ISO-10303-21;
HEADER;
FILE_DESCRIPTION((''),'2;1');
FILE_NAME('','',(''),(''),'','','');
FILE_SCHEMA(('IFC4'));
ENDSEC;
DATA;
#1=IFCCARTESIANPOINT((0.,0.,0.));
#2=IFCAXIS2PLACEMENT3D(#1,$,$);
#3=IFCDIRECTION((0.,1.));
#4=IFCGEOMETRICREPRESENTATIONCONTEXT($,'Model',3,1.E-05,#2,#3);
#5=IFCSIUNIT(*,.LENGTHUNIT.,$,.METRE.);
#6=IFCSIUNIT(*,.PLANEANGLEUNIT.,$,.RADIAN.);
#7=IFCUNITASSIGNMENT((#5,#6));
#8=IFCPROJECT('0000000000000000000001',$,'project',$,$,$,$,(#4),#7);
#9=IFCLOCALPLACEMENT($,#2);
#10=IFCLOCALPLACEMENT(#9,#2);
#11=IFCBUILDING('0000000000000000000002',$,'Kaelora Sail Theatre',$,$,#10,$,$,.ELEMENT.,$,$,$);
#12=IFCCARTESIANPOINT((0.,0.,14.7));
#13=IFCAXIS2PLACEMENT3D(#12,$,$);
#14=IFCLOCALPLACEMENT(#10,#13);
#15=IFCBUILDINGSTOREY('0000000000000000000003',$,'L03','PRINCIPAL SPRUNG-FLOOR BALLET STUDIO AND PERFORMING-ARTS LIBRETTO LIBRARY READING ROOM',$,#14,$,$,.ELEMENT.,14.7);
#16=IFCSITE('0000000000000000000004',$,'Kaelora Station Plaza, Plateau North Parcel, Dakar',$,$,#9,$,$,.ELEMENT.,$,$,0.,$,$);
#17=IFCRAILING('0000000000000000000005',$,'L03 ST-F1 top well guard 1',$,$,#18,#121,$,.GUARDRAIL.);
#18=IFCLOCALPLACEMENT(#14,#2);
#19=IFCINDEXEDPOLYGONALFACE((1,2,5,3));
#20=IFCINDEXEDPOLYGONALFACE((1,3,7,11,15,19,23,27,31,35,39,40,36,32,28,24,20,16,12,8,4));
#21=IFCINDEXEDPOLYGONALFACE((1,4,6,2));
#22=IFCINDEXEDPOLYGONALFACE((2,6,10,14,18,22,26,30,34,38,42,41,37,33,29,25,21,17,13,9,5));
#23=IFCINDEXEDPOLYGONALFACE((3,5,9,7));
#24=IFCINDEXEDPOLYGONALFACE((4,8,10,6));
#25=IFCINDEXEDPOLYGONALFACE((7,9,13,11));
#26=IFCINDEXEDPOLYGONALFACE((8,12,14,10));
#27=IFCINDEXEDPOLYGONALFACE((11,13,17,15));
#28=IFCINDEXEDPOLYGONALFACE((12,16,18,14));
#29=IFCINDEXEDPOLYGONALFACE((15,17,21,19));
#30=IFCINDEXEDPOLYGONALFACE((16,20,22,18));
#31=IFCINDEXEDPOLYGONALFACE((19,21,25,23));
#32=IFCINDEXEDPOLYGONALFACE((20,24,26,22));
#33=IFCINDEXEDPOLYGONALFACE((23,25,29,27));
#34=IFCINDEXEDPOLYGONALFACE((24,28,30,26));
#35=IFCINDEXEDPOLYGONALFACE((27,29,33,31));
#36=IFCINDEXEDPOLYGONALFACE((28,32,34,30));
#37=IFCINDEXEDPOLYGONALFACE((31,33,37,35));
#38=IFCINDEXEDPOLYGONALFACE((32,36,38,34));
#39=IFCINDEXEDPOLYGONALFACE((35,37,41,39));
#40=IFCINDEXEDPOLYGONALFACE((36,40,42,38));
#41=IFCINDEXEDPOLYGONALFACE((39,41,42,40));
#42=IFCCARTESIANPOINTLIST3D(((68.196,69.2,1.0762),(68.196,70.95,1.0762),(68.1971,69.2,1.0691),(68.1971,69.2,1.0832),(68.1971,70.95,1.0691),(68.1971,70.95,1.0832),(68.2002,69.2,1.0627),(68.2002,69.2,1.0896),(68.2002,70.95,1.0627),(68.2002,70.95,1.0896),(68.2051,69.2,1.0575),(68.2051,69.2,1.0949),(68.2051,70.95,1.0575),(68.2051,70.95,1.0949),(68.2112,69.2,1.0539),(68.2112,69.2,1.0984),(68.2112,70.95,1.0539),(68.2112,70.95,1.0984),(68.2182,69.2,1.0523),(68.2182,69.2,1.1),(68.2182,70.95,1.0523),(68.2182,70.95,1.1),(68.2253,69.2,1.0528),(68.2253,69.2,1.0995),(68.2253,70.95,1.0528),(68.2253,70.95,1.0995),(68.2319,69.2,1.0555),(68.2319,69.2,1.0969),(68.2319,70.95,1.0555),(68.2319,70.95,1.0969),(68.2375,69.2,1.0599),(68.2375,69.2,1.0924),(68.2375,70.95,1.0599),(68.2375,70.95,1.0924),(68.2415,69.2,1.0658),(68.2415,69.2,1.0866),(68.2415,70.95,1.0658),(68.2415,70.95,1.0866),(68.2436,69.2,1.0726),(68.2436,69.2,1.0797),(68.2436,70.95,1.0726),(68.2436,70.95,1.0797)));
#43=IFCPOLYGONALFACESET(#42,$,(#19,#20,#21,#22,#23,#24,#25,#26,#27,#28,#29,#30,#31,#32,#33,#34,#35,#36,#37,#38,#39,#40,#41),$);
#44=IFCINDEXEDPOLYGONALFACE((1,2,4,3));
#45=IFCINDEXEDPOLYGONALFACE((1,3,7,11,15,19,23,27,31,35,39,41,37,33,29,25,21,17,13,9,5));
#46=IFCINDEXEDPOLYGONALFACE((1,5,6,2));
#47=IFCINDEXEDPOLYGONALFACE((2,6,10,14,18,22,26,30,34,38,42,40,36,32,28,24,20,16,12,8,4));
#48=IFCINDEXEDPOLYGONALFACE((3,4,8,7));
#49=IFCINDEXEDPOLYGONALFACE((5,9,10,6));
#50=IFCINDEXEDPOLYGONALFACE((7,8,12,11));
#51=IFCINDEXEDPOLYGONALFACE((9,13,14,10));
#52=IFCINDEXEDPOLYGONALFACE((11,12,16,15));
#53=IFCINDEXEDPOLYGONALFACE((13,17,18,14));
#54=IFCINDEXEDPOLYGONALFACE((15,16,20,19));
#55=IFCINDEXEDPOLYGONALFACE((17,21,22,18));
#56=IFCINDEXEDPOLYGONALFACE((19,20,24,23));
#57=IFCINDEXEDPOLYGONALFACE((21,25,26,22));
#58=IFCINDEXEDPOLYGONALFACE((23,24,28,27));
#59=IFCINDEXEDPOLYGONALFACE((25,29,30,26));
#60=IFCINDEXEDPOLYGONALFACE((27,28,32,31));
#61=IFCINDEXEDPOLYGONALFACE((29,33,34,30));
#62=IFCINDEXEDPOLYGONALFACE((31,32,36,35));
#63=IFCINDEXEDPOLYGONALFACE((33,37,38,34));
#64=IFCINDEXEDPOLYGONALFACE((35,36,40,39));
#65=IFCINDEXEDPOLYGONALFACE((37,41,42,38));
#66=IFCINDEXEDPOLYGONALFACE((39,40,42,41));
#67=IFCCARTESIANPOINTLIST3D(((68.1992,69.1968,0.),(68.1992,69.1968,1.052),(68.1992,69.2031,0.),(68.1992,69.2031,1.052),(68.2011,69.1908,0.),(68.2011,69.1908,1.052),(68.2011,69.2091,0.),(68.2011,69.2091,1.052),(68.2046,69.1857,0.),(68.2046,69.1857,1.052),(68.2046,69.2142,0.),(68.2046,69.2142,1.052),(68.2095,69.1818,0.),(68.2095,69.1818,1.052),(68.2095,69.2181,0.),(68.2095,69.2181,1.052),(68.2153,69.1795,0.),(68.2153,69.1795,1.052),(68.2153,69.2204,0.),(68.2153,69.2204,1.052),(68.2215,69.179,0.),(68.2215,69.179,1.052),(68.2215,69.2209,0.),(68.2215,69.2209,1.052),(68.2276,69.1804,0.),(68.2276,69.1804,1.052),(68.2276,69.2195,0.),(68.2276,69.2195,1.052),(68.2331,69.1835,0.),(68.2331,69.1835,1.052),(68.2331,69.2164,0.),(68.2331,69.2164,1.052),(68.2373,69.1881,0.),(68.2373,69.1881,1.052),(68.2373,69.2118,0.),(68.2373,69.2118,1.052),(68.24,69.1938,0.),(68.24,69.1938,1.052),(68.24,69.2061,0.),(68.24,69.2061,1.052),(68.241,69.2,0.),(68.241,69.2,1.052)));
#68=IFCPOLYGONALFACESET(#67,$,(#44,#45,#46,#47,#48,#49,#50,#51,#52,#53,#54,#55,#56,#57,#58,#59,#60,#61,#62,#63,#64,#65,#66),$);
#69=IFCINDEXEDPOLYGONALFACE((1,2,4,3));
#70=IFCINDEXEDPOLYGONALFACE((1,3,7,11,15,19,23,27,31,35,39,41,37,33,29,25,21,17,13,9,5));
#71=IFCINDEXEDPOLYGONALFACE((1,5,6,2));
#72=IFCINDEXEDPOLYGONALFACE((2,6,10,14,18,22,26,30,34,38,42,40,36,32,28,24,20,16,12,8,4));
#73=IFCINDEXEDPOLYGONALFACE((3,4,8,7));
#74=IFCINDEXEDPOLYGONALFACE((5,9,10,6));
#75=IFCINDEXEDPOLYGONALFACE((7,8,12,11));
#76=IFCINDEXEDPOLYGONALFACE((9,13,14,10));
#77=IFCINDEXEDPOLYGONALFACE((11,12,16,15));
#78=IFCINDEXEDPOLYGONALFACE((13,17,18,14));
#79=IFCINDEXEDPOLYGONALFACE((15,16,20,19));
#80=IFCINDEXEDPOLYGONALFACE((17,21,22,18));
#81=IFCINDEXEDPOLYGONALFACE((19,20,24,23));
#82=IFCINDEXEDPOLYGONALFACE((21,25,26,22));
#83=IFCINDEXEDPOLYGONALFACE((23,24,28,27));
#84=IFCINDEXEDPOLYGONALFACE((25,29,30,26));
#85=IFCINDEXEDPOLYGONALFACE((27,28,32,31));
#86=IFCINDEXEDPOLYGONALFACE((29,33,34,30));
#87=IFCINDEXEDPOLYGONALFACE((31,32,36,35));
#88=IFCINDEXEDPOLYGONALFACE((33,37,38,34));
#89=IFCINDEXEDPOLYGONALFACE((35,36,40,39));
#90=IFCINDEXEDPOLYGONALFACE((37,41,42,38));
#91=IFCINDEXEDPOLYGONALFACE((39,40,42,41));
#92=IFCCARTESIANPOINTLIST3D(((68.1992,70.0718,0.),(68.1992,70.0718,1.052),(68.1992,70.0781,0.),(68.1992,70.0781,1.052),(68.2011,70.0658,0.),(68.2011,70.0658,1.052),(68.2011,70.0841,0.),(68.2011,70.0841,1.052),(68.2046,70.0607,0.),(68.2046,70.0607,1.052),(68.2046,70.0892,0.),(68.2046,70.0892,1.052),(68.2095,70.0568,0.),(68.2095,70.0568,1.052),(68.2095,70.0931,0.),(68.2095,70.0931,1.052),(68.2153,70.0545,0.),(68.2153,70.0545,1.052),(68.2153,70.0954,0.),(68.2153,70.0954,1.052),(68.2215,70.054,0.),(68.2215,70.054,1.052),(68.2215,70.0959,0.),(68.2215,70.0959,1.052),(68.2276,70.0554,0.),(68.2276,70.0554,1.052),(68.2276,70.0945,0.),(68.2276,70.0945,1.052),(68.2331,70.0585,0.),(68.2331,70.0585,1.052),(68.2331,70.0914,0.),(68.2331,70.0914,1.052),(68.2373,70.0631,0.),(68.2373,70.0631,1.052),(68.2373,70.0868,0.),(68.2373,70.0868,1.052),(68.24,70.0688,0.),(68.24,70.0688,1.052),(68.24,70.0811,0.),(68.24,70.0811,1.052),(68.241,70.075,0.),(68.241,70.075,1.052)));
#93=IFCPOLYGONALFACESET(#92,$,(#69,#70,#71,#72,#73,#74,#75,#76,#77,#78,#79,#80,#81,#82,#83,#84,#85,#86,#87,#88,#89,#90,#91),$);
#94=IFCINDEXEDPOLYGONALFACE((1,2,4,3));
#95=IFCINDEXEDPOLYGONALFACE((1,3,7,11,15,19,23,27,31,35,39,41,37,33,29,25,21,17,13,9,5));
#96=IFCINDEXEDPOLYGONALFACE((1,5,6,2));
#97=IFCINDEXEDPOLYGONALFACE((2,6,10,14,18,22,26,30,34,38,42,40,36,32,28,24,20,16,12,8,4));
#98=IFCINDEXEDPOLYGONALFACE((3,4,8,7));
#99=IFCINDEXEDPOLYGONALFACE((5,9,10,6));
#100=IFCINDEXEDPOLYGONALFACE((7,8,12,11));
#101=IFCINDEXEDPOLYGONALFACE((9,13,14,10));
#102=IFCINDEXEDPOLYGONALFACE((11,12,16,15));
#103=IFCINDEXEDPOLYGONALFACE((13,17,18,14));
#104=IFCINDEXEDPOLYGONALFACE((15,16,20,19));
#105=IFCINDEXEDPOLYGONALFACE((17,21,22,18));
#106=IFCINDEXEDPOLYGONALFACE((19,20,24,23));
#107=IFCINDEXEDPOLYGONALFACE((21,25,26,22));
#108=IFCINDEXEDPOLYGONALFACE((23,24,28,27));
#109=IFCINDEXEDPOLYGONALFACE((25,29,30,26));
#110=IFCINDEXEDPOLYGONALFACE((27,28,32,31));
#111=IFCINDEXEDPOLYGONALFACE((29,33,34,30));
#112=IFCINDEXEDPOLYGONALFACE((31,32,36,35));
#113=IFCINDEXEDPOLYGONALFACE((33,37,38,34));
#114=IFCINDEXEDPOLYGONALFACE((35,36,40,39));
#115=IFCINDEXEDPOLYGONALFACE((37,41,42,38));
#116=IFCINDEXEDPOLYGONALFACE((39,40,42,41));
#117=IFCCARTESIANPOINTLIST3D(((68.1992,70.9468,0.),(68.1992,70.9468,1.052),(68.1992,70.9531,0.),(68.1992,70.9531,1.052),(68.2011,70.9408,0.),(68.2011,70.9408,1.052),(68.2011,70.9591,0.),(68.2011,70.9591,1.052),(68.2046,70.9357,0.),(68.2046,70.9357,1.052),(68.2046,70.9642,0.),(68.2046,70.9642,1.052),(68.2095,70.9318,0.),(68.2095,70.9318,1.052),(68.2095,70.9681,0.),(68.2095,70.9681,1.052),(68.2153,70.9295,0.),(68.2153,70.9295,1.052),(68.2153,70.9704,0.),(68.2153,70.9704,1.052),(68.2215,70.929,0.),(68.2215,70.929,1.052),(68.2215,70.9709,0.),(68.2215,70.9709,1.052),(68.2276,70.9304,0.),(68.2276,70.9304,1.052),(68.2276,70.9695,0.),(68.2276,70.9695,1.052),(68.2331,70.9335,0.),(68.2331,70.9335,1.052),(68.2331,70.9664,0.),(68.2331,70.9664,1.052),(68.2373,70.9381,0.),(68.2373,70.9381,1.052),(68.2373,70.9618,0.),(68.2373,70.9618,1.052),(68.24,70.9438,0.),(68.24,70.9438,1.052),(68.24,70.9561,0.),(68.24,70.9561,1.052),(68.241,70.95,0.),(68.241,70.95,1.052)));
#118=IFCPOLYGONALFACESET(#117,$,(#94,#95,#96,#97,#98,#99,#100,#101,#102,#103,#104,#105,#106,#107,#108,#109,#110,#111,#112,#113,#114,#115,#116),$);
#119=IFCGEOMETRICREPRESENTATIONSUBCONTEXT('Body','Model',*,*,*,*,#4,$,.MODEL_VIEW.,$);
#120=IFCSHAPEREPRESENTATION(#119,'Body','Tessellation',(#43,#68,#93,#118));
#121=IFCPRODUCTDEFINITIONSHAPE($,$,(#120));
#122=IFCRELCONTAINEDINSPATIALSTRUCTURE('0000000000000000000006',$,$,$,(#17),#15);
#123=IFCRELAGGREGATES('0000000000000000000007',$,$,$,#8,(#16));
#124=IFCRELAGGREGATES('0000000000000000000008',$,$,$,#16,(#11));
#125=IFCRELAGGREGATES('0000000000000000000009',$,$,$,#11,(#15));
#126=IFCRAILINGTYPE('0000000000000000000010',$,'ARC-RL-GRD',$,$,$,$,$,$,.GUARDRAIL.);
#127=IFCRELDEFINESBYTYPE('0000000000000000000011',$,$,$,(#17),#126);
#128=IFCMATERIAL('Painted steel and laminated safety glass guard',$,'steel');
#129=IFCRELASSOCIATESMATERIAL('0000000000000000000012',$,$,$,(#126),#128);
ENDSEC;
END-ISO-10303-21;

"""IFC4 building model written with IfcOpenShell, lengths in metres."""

from ifc_helpers import new_model, si_unit, direction, frame, origin, origin_2d, place, context, subcontext, project, spatial, circle, extrude, material, type_object, element, save


model = new_model("IFC4")

# Units and contexts
model_context = context("Model", 3, precision=1e-05, world=origin(), true_north=direction((0.0, 1.0)))
body_context = subcontext(model_context, "Body", "Model", "MODEL_VIEW")
ifc_project = project(units=[si_unit("LENGTHUNIT", "METRE"), si_unit("PLANEANGLEUNIT", "RADIAN")], contexts=[model_context])

# Site, building, storey
site_placement = place(None, origin())
site = spatial("IfcSite", under=ifc_project, at=site_placement, Name="Kaelora Station Plaza, Plateau North Parcel, Dakar", CompositionType="ELEMENT", RefElevation=0.0)
building_placement = place(site_placement, origin())
building = spatial("IfcBuilding", under=site, at=building_placement, Name="Kaelora Sail Theatre", CompositionType="ELEMENT")
storey_placement = place(building_placement, frame((0.0, 0.0, 14.7)))
storey = spatial("IfcBuildingStorey", under=building, at=storey_placement, Name="L03", Description="PRINCIPAL SPRUNG-FLOOR BALLET STUDIO AND PERFORMING-ARTS LIBRETTO LIBRARY READING ROOM", CompositionType="ELEMENT", Elevation=14.7)

# Railing
ifc_material_1 = material(Name="Painted steel and laminated safety glass guard", Category="steel")
railing_type_1 = type_object("IfcRailingType", Name="ARC-RL-GRD", PredefinedType="GUARDRAIL", material=ifc_material_1)
railing_1_placement = place(storey_placement, frame((68.22, 69.2, 0.0)))
element("IfcRailing", 1, at=railing_1_placement, inside=storey, type_object=railing_type_1, Name="L03 ST-F1 top well guard 1", PredefinedType="GUARDRAIL", context=body_context, shape_type="SweptSolid", body=[
    extrude(circle(Radius=0.0239, at=origin_2d()), frame((0.0, 0.0, 1.0762), z_axis=(0.0, 1.0, 0.0), x_axis=(-1.0, 0.0, 0.0)), (0.0, 0.0, 1.0), 1.75),
    extrude(circle(Radius=0.021, at=origin_2d()), origin(), (0.0, 0.0, 1.0), 1.052),
    extrude(circle(Radius=0.021, at=origin_2d()), frame((0.0, 0.875, 0.0)), (0.0, 0.0, 1.0), 1.052),
    extrude(circle(Radius=0.021, at=origin_2d()), frame((0.0, 1.75, 0.0)), (0.0, 0.0, 1.0), 1.052),
])

save(model, "model.ifc")
